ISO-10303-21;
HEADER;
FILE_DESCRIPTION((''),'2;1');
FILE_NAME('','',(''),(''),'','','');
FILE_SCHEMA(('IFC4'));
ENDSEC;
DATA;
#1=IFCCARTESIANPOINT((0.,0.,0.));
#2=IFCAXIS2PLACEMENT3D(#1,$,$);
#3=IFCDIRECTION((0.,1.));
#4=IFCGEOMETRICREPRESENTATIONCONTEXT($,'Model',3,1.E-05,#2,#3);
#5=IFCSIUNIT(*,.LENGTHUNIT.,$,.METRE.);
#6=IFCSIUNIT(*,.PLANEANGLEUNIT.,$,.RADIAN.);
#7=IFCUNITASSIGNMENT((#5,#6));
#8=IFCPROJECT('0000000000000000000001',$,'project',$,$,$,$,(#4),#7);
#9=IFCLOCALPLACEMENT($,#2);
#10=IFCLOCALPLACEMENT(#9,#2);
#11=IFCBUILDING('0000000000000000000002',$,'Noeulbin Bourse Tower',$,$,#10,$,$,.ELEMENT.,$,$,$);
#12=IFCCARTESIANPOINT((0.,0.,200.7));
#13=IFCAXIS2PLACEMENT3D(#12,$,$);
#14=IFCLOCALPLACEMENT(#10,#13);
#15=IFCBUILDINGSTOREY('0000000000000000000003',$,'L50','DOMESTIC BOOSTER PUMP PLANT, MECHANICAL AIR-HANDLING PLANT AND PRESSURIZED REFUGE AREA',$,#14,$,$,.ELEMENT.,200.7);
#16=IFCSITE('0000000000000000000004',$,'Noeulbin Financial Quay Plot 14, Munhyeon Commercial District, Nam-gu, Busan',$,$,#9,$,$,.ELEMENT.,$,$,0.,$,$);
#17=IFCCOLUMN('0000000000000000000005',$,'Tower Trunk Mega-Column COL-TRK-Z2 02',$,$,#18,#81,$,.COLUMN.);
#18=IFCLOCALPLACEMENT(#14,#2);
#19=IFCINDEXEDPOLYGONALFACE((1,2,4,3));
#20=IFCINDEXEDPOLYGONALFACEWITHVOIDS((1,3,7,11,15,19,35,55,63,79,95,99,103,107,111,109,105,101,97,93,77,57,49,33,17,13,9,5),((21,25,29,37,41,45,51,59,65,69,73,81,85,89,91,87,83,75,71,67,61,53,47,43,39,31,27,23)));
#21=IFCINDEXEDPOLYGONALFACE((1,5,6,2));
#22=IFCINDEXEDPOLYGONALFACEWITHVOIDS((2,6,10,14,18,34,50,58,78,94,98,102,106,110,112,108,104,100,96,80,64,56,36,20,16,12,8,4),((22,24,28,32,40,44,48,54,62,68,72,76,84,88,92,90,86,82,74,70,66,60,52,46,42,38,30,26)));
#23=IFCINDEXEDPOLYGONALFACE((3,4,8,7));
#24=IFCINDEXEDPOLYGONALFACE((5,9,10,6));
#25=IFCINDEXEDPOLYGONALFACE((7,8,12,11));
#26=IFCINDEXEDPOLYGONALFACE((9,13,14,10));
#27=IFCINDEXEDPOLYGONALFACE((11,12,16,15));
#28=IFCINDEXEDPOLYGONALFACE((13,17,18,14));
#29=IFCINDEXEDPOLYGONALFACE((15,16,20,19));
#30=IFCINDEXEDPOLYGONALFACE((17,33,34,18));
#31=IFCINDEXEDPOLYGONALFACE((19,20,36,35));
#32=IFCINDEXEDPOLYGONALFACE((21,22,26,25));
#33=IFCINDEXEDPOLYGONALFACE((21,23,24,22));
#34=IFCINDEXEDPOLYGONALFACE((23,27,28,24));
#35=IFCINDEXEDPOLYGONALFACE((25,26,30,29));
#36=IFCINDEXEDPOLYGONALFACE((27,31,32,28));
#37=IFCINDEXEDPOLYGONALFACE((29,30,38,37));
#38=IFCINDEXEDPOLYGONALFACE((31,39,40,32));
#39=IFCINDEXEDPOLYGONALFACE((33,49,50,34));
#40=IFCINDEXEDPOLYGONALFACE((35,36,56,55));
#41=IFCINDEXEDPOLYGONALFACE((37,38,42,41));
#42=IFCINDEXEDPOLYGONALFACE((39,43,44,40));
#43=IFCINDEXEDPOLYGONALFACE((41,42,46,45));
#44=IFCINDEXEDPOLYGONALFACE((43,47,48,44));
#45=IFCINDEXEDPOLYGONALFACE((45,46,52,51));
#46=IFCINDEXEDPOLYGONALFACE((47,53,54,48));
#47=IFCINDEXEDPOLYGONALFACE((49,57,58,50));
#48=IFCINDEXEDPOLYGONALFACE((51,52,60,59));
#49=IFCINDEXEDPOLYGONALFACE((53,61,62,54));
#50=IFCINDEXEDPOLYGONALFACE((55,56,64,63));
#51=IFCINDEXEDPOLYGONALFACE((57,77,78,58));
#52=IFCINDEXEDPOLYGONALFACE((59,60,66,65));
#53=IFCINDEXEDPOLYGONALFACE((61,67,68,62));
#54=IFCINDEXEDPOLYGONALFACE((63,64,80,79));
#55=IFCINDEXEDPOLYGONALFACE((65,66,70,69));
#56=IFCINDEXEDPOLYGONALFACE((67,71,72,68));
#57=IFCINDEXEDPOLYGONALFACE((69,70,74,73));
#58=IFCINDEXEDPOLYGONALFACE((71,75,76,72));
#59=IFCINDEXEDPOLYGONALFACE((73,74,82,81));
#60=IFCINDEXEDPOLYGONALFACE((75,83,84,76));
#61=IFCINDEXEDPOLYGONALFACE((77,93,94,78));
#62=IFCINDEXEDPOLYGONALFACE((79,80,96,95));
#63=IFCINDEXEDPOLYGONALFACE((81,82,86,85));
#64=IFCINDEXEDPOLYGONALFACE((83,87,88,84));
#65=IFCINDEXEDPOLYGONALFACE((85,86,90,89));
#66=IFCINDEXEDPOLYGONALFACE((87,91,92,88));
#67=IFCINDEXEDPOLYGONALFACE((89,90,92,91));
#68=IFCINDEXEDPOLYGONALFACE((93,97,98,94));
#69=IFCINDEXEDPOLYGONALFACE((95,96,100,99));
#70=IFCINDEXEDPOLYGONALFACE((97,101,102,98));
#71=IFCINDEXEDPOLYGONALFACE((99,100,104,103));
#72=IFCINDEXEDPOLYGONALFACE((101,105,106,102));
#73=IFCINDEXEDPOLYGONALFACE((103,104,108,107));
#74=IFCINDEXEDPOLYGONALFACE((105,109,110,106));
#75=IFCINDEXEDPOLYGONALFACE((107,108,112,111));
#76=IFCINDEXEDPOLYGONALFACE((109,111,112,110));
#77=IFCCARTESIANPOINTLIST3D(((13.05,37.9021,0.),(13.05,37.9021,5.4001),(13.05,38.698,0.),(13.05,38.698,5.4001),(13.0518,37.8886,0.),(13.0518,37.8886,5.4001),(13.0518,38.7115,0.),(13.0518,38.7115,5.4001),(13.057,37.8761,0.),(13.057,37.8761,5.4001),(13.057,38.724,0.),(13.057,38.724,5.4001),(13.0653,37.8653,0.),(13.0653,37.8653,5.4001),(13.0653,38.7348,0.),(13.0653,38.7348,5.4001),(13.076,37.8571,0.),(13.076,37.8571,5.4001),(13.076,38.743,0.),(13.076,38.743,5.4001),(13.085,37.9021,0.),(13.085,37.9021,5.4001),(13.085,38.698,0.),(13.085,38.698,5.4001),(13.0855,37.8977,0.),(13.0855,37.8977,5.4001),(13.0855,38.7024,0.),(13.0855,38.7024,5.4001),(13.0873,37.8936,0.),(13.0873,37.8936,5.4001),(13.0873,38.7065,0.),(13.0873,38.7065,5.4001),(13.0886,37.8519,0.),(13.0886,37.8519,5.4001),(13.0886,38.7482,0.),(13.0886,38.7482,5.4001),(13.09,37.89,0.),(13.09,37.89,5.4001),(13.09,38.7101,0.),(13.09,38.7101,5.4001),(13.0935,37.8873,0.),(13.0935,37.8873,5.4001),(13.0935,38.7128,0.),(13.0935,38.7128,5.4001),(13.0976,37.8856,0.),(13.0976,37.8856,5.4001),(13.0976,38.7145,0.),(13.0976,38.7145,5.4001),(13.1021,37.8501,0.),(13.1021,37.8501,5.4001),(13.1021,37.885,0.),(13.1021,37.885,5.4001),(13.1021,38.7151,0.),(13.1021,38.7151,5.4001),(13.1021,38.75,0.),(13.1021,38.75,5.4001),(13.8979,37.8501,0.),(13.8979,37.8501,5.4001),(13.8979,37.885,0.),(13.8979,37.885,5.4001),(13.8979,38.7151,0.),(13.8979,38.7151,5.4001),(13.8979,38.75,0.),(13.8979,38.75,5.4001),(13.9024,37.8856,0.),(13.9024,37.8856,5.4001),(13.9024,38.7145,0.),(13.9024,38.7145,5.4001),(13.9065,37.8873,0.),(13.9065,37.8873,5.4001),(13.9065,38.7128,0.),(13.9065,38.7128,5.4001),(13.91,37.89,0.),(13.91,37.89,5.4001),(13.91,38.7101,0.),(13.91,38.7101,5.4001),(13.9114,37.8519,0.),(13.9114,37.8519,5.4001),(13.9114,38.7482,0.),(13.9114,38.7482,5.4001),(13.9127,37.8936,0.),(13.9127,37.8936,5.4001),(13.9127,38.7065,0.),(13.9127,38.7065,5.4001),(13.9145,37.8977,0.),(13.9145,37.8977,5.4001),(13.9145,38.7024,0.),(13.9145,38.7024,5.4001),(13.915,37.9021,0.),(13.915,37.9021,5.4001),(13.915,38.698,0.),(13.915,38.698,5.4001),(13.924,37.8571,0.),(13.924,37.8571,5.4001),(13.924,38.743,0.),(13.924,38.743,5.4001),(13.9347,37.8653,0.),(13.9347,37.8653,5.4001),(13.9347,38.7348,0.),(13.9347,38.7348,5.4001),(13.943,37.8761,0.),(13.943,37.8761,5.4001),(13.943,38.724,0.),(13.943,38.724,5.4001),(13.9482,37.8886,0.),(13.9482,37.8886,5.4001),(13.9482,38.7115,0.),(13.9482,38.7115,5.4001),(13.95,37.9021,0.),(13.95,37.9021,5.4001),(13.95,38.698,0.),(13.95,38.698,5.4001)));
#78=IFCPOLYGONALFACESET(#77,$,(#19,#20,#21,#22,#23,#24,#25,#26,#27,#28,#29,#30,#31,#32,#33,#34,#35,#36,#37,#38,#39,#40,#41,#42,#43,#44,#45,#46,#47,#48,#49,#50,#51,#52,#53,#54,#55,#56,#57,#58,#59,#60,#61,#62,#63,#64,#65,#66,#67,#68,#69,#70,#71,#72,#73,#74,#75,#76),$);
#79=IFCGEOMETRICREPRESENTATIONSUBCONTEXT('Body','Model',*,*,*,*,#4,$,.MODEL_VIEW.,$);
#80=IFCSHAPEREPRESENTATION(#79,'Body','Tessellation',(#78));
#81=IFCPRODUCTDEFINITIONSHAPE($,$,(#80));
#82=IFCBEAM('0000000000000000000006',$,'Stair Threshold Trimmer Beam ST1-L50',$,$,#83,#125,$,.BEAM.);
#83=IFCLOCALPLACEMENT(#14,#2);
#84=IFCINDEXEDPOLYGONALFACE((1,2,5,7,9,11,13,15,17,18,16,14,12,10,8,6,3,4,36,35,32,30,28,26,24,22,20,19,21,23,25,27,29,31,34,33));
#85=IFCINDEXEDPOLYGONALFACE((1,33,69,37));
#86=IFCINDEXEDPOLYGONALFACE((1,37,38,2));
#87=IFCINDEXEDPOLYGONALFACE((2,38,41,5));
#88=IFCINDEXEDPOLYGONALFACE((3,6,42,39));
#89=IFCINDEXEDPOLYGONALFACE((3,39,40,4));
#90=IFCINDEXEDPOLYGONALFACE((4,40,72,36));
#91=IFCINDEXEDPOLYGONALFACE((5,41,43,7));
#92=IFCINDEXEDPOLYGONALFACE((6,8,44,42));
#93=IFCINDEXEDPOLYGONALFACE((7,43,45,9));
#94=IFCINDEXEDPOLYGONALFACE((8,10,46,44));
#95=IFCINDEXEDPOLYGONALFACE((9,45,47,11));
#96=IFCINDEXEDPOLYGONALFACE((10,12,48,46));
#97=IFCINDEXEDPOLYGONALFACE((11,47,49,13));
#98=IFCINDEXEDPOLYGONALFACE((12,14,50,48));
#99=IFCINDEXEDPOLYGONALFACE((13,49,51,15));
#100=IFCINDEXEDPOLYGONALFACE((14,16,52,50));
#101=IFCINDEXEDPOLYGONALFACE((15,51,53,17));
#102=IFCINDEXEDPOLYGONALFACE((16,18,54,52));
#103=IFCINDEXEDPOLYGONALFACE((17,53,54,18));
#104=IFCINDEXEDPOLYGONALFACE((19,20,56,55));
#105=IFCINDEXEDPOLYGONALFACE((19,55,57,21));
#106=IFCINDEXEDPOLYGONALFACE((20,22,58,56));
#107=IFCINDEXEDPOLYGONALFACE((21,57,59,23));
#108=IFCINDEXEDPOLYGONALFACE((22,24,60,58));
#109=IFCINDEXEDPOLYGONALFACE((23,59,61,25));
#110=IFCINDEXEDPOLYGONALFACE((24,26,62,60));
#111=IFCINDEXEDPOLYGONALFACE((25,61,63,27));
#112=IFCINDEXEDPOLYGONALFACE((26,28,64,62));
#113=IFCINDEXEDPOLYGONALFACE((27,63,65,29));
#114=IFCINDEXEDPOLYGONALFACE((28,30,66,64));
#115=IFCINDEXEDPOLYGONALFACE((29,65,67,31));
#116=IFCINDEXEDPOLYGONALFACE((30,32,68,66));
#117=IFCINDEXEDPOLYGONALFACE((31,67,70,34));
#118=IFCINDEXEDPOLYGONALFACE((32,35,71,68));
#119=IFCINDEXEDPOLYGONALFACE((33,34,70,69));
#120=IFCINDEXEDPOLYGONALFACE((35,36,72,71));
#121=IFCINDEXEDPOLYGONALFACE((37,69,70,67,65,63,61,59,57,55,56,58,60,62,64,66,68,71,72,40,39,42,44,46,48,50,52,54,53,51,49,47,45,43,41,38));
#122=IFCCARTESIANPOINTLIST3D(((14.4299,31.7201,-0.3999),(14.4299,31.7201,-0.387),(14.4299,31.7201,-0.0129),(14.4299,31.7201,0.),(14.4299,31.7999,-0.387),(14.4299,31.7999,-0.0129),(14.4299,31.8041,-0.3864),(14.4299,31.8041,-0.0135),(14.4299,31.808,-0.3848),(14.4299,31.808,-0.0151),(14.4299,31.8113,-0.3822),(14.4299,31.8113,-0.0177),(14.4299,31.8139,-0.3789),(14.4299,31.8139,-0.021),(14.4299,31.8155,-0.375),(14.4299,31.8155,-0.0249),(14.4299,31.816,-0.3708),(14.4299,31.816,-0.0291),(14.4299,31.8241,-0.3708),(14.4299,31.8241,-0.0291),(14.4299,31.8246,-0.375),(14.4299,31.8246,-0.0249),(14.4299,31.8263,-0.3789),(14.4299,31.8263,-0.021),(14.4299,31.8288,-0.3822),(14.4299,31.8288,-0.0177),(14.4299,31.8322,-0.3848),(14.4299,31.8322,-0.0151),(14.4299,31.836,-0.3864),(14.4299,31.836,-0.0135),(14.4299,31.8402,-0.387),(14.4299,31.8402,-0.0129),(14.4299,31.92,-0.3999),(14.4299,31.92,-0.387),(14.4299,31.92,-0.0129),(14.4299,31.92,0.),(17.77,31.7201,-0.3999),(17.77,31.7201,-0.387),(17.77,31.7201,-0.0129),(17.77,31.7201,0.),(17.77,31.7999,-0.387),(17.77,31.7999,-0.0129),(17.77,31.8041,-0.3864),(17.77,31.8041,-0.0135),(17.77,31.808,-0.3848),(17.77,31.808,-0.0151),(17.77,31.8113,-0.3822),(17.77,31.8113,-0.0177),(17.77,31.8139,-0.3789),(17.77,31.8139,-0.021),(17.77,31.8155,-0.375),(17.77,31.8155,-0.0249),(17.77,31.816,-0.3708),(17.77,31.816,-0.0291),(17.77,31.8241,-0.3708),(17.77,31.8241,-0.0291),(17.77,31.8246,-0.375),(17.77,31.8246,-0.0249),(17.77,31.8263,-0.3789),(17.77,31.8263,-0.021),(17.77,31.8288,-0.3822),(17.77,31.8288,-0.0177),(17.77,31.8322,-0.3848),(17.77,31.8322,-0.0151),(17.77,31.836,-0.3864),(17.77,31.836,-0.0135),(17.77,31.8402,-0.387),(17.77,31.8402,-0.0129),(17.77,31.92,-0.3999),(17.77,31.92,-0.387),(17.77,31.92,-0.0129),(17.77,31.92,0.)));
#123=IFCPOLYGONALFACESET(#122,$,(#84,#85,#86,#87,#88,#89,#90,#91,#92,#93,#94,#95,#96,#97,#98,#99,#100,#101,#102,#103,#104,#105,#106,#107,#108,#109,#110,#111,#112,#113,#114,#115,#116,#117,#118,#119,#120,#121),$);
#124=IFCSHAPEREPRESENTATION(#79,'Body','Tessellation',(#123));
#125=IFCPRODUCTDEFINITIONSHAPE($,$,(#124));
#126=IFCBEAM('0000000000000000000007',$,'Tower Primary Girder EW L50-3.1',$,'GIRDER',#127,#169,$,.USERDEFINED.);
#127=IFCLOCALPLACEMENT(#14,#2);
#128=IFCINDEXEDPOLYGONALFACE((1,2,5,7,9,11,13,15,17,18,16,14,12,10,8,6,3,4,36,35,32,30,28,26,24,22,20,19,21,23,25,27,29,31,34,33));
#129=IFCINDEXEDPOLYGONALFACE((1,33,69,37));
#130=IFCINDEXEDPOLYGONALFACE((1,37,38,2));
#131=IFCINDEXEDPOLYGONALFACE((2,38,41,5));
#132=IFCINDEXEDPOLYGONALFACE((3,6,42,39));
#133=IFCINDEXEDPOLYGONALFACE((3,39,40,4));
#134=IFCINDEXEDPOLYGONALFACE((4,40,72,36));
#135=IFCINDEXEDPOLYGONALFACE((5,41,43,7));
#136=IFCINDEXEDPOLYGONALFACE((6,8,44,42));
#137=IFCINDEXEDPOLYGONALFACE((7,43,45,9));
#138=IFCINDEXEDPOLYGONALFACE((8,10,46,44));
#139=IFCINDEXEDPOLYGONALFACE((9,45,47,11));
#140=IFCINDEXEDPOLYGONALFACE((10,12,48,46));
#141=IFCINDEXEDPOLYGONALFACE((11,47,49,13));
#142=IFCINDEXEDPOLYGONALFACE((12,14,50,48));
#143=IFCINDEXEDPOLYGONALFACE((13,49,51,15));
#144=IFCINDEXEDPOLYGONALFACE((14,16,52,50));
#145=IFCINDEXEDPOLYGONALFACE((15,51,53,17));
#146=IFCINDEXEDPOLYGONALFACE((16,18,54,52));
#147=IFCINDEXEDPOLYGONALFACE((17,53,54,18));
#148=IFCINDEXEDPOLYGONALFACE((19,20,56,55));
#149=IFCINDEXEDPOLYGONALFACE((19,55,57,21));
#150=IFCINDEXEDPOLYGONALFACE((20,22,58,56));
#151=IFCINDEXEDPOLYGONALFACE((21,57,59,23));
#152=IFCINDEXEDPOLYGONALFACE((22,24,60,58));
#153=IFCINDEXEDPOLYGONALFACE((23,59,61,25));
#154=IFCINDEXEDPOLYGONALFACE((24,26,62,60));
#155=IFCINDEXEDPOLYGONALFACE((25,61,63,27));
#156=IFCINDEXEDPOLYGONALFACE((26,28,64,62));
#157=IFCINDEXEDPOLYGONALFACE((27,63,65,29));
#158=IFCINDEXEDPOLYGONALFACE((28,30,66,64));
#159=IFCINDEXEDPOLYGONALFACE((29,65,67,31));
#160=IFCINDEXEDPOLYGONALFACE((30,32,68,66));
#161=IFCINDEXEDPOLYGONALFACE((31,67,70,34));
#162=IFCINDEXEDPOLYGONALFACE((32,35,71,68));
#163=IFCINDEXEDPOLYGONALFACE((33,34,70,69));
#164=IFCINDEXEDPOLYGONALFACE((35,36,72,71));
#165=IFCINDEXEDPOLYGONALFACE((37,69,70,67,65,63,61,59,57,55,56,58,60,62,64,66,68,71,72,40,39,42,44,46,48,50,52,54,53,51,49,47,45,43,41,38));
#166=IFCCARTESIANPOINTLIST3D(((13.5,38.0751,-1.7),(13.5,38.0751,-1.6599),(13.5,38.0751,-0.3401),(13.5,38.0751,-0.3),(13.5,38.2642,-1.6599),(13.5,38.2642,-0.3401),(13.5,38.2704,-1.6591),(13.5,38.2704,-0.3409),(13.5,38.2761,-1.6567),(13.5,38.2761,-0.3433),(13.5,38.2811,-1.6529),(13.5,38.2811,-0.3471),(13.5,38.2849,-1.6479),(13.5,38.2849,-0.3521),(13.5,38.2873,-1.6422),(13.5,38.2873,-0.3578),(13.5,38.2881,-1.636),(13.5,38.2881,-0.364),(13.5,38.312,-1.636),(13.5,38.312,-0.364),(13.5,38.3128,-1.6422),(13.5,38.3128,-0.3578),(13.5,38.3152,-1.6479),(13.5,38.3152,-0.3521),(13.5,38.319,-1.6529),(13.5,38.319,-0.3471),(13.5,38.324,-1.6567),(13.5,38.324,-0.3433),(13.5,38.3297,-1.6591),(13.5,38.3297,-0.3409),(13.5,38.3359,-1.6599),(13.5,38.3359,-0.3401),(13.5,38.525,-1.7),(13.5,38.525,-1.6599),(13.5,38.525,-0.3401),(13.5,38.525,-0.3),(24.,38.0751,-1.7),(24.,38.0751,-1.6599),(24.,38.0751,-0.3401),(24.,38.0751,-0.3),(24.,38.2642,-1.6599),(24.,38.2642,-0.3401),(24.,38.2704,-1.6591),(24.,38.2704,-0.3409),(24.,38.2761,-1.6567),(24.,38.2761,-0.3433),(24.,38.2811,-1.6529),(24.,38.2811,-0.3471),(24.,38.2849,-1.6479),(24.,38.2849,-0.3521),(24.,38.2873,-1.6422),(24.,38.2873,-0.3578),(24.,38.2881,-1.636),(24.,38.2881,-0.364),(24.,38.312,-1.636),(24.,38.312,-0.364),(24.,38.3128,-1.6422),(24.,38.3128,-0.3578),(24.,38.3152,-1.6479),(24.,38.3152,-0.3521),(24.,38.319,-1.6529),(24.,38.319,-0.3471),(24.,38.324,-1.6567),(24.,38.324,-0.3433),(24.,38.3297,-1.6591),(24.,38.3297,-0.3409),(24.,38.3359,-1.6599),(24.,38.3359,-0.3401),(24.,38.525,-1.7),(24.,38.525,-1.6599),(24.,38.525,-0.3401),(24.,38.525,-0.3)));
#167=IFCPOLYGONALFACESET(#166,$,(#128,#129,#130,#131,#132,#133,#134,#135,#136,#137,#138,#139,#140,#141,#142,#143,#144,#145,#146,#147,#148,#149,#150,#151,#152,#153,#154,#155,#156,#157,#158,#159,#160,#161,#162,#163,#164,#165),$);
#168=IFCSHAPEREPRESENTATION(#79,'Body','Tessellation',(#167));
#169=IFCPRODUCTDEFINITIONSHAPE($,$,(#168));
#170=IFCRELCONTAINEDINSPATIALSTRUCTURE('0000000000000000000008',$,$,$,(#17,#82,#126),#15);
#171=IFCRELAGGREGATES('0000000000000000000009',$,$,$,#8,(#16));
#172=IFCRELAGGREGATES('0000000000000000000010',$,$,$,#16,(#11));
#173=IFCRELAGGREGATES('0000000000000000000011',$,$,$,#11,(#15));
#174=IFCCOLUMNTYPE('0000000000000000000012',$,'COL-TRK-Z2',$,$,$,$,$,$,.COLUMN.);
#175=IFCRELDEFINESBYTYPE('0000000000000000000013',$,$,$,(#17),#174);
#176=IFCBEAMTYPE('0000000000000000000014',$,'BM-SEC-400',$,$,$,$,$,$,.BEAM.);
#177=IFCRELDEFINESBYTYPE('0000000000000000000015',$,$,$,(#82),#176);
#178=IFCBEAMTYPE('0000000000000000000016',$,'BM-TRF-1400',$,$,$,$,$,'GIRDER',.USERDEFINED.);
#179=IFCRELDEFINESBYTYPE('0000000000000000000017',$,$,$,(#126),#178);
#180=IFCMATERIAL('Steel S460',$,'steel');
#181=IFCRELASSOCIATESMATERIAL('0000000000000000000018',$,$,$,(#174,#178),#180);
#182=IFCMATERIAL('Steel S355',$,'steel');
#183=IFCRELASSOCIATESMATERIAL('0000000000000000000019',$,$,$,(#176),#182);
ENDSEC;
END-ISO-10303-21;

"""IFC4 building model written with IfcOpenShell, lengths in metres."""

from ifc_helpers import new_model, si_unit, direction, frame, origin, origin_2d, place, context, subcontext, project, spatial, hollow_rectangle, i_section, extrude, material, material_profile, profile_set, type_object, element, save


model = new_model("IFC4")

# Units and contexts
model_context = context("Model", 3, precision=1e-05, world=origin(), true_north=direction((0.0, 1.0)))
body_context = subcontext(model_context, "Body", "Model", "MODEL_VIEW")
ifc_project = project(units=[si_unit("LENGTHUNIT", "METRE"), si_unit("PLANEANGLEUNIT", "RADIAN")], contexts=[model_context])

# Site, building, storey
site_placement = place(None, origin())
site = spatial("IfcSite", under=ifc_project, at=site_placement, Name="Noeulbin Financial Quay Plot 14, Munhyeon Commercial District, Nam-gu, Busan", CompositionType="ELEMENT", RefElevation=0.0)
building_placement = place(site_placement, origin())
building = spatial("IfcBuilding", under=site, at=building_placement, Name="Noeulbin Bourse Tower", CompositionType="ELEMENT")
storey_placement = place(building_placement, frame((0.0, 0.0, 200.7)))
storey = spatial("IfcBuildingStorey", under=building, at=storey_placement, Name="L50", Description="DOMESTIC BOOSTER PUMP PLANT, MECHANICAL AIR-HANDLING PLANT AND PRESSURIZED REFUGE AREA", CompositionType="ELEMENT", Elevation=200.7)

# Column
ifc_material_1 = material(Name="Steel S460", Category="steel")
ifc_material_profile_1 = material_profile(ifc_material_1, hollow_rectangle(XDim=0.8999, YDim=0.8999, WallThickness=0.0349, InnerFilletRadius=0.0171, OuterFilletRadius=0.052, at=origin_2d()), Name="BOX-900x900x35", Category="LoadBearing")
ifc_profile_set_1 = profile_set([ifc_material_profile_1], Name="Steel S460")
column_type = type_object("IfcColumnType", Name="COL-TRK-Z2", PredefinedType="COLUMN", material=ifc_profile_set_1)
column_placement = place(storey_placement, frame((13.5, 38.3, 0.0), z_axis=(0.0, 0.0, 1.0), x_axis=(1.0, 0.0, 0.0)))
element("IfcColumn", 1, at=column_placement, inside=storey, type_object=column_type, Name="Tower Trunk Mega-Column COL-TRK-Z2 02", PredefinedType="COLUMN", context=body_context, shape_type="SweptSolid", body=[
    extrude(hollow_rectangle(XDim=0.8999, YDim=0.8999, WallThickness=0.0349, InnerFilletRadius=0.0171, OuterFilletRadius=0.052, at=origin_2d()), origin(), (0.0, 0.0, 1.0), 5.4001),
])

# Beams
ifc_material_2 = material(Name="Steel S355", Category="steel")
ifc_material_profile_2 = material_profile(ifc_material_2, i_section(OverallWidth=0.2, OverallDepth=0.3999, WebThickness=0.0081, FlangeThickness=0.0129, FilletRadius=0.0161, at=origin_2d()), Name="H-400x200x8x13", Category="LoadBearing")
ifc_profile_set_2 = profile_set([ifc_material_profile_2], Name="Steel S355")
beam_type_1 = type_object("IfcBeamType", Name="BM-SEC-400", PredefinedType="BEAM", material=ifc_profile_set_2)
beam_1_placement = place(storey_placement, frame((14.4299, 31.8201, -0.2), z_axis=(1.0, 0.0, 0.0), x_axis=(0.0, 1.0, 0.0)))
element("IfcBeam", 2, at=beam_1_placement, inside=storey, type_object=beam_type_1, Name="Stair Threshold Trimmer Beam ST1-L50", PredefinedType="BEAM", context=body_context, shape_type="SweptSolid", body=[
    extrude(i_section(OverallWidth=0.2, OverallDepth=0.3999, WebThickness=0.0081, FlangeThickness=0.0129, FilletRadius=0.0161, at=origin_2d()), origin(), (0.0, 0.0, 1.0), 3.3401),
])
ifc_material_profile_3 = material_profile(ifc_material_1, i_section(OverallWidth=0.45, OverallDepth=1.3999, WebThickness=0.0239, FlangeThickness=0.04, FilletRadius=0.0239, at=origin_2d()), Name="PG-1400x450x24x40", Category="LoadBearing")
ifc_profile_set_3 = profile_set([ifc_material_profile_3], Name="Steel S460")
beam_type_2 = type_object("IfcBeamType", Name="BM-TRF-1400", ElementType="GIRDER", PredefinedType="USERDEFINED", material=ifc_profile_set_3)
beam_2_placement = place(storey_placement, frame((13.5, 38.3, -1.0), z_axis=(1.0, 0.0, 0.0), x_axis=(0.0, 1.0, 0.0)))
element("IfcBeam", 3, at=beam_2_placement, inside=storey, type_object=beam_type_2, Name="Tower Primary Girder EW L50-3.1", ObjectType="GIRDER", PredefinedType="USERDEFINED", context=body_context, shape_type="SweptSolid", body=[
    extrude(i_section(OverallWidth=0.45, OverallDepth=1.3999, WebThickness=0.0239, FlangeThickness=0.04, FilletRadius=0.0239, at=origin_2d()), origin(), (0.0, 0.0, 1.0), 10.5),
])

save(model, "model.ifc")
